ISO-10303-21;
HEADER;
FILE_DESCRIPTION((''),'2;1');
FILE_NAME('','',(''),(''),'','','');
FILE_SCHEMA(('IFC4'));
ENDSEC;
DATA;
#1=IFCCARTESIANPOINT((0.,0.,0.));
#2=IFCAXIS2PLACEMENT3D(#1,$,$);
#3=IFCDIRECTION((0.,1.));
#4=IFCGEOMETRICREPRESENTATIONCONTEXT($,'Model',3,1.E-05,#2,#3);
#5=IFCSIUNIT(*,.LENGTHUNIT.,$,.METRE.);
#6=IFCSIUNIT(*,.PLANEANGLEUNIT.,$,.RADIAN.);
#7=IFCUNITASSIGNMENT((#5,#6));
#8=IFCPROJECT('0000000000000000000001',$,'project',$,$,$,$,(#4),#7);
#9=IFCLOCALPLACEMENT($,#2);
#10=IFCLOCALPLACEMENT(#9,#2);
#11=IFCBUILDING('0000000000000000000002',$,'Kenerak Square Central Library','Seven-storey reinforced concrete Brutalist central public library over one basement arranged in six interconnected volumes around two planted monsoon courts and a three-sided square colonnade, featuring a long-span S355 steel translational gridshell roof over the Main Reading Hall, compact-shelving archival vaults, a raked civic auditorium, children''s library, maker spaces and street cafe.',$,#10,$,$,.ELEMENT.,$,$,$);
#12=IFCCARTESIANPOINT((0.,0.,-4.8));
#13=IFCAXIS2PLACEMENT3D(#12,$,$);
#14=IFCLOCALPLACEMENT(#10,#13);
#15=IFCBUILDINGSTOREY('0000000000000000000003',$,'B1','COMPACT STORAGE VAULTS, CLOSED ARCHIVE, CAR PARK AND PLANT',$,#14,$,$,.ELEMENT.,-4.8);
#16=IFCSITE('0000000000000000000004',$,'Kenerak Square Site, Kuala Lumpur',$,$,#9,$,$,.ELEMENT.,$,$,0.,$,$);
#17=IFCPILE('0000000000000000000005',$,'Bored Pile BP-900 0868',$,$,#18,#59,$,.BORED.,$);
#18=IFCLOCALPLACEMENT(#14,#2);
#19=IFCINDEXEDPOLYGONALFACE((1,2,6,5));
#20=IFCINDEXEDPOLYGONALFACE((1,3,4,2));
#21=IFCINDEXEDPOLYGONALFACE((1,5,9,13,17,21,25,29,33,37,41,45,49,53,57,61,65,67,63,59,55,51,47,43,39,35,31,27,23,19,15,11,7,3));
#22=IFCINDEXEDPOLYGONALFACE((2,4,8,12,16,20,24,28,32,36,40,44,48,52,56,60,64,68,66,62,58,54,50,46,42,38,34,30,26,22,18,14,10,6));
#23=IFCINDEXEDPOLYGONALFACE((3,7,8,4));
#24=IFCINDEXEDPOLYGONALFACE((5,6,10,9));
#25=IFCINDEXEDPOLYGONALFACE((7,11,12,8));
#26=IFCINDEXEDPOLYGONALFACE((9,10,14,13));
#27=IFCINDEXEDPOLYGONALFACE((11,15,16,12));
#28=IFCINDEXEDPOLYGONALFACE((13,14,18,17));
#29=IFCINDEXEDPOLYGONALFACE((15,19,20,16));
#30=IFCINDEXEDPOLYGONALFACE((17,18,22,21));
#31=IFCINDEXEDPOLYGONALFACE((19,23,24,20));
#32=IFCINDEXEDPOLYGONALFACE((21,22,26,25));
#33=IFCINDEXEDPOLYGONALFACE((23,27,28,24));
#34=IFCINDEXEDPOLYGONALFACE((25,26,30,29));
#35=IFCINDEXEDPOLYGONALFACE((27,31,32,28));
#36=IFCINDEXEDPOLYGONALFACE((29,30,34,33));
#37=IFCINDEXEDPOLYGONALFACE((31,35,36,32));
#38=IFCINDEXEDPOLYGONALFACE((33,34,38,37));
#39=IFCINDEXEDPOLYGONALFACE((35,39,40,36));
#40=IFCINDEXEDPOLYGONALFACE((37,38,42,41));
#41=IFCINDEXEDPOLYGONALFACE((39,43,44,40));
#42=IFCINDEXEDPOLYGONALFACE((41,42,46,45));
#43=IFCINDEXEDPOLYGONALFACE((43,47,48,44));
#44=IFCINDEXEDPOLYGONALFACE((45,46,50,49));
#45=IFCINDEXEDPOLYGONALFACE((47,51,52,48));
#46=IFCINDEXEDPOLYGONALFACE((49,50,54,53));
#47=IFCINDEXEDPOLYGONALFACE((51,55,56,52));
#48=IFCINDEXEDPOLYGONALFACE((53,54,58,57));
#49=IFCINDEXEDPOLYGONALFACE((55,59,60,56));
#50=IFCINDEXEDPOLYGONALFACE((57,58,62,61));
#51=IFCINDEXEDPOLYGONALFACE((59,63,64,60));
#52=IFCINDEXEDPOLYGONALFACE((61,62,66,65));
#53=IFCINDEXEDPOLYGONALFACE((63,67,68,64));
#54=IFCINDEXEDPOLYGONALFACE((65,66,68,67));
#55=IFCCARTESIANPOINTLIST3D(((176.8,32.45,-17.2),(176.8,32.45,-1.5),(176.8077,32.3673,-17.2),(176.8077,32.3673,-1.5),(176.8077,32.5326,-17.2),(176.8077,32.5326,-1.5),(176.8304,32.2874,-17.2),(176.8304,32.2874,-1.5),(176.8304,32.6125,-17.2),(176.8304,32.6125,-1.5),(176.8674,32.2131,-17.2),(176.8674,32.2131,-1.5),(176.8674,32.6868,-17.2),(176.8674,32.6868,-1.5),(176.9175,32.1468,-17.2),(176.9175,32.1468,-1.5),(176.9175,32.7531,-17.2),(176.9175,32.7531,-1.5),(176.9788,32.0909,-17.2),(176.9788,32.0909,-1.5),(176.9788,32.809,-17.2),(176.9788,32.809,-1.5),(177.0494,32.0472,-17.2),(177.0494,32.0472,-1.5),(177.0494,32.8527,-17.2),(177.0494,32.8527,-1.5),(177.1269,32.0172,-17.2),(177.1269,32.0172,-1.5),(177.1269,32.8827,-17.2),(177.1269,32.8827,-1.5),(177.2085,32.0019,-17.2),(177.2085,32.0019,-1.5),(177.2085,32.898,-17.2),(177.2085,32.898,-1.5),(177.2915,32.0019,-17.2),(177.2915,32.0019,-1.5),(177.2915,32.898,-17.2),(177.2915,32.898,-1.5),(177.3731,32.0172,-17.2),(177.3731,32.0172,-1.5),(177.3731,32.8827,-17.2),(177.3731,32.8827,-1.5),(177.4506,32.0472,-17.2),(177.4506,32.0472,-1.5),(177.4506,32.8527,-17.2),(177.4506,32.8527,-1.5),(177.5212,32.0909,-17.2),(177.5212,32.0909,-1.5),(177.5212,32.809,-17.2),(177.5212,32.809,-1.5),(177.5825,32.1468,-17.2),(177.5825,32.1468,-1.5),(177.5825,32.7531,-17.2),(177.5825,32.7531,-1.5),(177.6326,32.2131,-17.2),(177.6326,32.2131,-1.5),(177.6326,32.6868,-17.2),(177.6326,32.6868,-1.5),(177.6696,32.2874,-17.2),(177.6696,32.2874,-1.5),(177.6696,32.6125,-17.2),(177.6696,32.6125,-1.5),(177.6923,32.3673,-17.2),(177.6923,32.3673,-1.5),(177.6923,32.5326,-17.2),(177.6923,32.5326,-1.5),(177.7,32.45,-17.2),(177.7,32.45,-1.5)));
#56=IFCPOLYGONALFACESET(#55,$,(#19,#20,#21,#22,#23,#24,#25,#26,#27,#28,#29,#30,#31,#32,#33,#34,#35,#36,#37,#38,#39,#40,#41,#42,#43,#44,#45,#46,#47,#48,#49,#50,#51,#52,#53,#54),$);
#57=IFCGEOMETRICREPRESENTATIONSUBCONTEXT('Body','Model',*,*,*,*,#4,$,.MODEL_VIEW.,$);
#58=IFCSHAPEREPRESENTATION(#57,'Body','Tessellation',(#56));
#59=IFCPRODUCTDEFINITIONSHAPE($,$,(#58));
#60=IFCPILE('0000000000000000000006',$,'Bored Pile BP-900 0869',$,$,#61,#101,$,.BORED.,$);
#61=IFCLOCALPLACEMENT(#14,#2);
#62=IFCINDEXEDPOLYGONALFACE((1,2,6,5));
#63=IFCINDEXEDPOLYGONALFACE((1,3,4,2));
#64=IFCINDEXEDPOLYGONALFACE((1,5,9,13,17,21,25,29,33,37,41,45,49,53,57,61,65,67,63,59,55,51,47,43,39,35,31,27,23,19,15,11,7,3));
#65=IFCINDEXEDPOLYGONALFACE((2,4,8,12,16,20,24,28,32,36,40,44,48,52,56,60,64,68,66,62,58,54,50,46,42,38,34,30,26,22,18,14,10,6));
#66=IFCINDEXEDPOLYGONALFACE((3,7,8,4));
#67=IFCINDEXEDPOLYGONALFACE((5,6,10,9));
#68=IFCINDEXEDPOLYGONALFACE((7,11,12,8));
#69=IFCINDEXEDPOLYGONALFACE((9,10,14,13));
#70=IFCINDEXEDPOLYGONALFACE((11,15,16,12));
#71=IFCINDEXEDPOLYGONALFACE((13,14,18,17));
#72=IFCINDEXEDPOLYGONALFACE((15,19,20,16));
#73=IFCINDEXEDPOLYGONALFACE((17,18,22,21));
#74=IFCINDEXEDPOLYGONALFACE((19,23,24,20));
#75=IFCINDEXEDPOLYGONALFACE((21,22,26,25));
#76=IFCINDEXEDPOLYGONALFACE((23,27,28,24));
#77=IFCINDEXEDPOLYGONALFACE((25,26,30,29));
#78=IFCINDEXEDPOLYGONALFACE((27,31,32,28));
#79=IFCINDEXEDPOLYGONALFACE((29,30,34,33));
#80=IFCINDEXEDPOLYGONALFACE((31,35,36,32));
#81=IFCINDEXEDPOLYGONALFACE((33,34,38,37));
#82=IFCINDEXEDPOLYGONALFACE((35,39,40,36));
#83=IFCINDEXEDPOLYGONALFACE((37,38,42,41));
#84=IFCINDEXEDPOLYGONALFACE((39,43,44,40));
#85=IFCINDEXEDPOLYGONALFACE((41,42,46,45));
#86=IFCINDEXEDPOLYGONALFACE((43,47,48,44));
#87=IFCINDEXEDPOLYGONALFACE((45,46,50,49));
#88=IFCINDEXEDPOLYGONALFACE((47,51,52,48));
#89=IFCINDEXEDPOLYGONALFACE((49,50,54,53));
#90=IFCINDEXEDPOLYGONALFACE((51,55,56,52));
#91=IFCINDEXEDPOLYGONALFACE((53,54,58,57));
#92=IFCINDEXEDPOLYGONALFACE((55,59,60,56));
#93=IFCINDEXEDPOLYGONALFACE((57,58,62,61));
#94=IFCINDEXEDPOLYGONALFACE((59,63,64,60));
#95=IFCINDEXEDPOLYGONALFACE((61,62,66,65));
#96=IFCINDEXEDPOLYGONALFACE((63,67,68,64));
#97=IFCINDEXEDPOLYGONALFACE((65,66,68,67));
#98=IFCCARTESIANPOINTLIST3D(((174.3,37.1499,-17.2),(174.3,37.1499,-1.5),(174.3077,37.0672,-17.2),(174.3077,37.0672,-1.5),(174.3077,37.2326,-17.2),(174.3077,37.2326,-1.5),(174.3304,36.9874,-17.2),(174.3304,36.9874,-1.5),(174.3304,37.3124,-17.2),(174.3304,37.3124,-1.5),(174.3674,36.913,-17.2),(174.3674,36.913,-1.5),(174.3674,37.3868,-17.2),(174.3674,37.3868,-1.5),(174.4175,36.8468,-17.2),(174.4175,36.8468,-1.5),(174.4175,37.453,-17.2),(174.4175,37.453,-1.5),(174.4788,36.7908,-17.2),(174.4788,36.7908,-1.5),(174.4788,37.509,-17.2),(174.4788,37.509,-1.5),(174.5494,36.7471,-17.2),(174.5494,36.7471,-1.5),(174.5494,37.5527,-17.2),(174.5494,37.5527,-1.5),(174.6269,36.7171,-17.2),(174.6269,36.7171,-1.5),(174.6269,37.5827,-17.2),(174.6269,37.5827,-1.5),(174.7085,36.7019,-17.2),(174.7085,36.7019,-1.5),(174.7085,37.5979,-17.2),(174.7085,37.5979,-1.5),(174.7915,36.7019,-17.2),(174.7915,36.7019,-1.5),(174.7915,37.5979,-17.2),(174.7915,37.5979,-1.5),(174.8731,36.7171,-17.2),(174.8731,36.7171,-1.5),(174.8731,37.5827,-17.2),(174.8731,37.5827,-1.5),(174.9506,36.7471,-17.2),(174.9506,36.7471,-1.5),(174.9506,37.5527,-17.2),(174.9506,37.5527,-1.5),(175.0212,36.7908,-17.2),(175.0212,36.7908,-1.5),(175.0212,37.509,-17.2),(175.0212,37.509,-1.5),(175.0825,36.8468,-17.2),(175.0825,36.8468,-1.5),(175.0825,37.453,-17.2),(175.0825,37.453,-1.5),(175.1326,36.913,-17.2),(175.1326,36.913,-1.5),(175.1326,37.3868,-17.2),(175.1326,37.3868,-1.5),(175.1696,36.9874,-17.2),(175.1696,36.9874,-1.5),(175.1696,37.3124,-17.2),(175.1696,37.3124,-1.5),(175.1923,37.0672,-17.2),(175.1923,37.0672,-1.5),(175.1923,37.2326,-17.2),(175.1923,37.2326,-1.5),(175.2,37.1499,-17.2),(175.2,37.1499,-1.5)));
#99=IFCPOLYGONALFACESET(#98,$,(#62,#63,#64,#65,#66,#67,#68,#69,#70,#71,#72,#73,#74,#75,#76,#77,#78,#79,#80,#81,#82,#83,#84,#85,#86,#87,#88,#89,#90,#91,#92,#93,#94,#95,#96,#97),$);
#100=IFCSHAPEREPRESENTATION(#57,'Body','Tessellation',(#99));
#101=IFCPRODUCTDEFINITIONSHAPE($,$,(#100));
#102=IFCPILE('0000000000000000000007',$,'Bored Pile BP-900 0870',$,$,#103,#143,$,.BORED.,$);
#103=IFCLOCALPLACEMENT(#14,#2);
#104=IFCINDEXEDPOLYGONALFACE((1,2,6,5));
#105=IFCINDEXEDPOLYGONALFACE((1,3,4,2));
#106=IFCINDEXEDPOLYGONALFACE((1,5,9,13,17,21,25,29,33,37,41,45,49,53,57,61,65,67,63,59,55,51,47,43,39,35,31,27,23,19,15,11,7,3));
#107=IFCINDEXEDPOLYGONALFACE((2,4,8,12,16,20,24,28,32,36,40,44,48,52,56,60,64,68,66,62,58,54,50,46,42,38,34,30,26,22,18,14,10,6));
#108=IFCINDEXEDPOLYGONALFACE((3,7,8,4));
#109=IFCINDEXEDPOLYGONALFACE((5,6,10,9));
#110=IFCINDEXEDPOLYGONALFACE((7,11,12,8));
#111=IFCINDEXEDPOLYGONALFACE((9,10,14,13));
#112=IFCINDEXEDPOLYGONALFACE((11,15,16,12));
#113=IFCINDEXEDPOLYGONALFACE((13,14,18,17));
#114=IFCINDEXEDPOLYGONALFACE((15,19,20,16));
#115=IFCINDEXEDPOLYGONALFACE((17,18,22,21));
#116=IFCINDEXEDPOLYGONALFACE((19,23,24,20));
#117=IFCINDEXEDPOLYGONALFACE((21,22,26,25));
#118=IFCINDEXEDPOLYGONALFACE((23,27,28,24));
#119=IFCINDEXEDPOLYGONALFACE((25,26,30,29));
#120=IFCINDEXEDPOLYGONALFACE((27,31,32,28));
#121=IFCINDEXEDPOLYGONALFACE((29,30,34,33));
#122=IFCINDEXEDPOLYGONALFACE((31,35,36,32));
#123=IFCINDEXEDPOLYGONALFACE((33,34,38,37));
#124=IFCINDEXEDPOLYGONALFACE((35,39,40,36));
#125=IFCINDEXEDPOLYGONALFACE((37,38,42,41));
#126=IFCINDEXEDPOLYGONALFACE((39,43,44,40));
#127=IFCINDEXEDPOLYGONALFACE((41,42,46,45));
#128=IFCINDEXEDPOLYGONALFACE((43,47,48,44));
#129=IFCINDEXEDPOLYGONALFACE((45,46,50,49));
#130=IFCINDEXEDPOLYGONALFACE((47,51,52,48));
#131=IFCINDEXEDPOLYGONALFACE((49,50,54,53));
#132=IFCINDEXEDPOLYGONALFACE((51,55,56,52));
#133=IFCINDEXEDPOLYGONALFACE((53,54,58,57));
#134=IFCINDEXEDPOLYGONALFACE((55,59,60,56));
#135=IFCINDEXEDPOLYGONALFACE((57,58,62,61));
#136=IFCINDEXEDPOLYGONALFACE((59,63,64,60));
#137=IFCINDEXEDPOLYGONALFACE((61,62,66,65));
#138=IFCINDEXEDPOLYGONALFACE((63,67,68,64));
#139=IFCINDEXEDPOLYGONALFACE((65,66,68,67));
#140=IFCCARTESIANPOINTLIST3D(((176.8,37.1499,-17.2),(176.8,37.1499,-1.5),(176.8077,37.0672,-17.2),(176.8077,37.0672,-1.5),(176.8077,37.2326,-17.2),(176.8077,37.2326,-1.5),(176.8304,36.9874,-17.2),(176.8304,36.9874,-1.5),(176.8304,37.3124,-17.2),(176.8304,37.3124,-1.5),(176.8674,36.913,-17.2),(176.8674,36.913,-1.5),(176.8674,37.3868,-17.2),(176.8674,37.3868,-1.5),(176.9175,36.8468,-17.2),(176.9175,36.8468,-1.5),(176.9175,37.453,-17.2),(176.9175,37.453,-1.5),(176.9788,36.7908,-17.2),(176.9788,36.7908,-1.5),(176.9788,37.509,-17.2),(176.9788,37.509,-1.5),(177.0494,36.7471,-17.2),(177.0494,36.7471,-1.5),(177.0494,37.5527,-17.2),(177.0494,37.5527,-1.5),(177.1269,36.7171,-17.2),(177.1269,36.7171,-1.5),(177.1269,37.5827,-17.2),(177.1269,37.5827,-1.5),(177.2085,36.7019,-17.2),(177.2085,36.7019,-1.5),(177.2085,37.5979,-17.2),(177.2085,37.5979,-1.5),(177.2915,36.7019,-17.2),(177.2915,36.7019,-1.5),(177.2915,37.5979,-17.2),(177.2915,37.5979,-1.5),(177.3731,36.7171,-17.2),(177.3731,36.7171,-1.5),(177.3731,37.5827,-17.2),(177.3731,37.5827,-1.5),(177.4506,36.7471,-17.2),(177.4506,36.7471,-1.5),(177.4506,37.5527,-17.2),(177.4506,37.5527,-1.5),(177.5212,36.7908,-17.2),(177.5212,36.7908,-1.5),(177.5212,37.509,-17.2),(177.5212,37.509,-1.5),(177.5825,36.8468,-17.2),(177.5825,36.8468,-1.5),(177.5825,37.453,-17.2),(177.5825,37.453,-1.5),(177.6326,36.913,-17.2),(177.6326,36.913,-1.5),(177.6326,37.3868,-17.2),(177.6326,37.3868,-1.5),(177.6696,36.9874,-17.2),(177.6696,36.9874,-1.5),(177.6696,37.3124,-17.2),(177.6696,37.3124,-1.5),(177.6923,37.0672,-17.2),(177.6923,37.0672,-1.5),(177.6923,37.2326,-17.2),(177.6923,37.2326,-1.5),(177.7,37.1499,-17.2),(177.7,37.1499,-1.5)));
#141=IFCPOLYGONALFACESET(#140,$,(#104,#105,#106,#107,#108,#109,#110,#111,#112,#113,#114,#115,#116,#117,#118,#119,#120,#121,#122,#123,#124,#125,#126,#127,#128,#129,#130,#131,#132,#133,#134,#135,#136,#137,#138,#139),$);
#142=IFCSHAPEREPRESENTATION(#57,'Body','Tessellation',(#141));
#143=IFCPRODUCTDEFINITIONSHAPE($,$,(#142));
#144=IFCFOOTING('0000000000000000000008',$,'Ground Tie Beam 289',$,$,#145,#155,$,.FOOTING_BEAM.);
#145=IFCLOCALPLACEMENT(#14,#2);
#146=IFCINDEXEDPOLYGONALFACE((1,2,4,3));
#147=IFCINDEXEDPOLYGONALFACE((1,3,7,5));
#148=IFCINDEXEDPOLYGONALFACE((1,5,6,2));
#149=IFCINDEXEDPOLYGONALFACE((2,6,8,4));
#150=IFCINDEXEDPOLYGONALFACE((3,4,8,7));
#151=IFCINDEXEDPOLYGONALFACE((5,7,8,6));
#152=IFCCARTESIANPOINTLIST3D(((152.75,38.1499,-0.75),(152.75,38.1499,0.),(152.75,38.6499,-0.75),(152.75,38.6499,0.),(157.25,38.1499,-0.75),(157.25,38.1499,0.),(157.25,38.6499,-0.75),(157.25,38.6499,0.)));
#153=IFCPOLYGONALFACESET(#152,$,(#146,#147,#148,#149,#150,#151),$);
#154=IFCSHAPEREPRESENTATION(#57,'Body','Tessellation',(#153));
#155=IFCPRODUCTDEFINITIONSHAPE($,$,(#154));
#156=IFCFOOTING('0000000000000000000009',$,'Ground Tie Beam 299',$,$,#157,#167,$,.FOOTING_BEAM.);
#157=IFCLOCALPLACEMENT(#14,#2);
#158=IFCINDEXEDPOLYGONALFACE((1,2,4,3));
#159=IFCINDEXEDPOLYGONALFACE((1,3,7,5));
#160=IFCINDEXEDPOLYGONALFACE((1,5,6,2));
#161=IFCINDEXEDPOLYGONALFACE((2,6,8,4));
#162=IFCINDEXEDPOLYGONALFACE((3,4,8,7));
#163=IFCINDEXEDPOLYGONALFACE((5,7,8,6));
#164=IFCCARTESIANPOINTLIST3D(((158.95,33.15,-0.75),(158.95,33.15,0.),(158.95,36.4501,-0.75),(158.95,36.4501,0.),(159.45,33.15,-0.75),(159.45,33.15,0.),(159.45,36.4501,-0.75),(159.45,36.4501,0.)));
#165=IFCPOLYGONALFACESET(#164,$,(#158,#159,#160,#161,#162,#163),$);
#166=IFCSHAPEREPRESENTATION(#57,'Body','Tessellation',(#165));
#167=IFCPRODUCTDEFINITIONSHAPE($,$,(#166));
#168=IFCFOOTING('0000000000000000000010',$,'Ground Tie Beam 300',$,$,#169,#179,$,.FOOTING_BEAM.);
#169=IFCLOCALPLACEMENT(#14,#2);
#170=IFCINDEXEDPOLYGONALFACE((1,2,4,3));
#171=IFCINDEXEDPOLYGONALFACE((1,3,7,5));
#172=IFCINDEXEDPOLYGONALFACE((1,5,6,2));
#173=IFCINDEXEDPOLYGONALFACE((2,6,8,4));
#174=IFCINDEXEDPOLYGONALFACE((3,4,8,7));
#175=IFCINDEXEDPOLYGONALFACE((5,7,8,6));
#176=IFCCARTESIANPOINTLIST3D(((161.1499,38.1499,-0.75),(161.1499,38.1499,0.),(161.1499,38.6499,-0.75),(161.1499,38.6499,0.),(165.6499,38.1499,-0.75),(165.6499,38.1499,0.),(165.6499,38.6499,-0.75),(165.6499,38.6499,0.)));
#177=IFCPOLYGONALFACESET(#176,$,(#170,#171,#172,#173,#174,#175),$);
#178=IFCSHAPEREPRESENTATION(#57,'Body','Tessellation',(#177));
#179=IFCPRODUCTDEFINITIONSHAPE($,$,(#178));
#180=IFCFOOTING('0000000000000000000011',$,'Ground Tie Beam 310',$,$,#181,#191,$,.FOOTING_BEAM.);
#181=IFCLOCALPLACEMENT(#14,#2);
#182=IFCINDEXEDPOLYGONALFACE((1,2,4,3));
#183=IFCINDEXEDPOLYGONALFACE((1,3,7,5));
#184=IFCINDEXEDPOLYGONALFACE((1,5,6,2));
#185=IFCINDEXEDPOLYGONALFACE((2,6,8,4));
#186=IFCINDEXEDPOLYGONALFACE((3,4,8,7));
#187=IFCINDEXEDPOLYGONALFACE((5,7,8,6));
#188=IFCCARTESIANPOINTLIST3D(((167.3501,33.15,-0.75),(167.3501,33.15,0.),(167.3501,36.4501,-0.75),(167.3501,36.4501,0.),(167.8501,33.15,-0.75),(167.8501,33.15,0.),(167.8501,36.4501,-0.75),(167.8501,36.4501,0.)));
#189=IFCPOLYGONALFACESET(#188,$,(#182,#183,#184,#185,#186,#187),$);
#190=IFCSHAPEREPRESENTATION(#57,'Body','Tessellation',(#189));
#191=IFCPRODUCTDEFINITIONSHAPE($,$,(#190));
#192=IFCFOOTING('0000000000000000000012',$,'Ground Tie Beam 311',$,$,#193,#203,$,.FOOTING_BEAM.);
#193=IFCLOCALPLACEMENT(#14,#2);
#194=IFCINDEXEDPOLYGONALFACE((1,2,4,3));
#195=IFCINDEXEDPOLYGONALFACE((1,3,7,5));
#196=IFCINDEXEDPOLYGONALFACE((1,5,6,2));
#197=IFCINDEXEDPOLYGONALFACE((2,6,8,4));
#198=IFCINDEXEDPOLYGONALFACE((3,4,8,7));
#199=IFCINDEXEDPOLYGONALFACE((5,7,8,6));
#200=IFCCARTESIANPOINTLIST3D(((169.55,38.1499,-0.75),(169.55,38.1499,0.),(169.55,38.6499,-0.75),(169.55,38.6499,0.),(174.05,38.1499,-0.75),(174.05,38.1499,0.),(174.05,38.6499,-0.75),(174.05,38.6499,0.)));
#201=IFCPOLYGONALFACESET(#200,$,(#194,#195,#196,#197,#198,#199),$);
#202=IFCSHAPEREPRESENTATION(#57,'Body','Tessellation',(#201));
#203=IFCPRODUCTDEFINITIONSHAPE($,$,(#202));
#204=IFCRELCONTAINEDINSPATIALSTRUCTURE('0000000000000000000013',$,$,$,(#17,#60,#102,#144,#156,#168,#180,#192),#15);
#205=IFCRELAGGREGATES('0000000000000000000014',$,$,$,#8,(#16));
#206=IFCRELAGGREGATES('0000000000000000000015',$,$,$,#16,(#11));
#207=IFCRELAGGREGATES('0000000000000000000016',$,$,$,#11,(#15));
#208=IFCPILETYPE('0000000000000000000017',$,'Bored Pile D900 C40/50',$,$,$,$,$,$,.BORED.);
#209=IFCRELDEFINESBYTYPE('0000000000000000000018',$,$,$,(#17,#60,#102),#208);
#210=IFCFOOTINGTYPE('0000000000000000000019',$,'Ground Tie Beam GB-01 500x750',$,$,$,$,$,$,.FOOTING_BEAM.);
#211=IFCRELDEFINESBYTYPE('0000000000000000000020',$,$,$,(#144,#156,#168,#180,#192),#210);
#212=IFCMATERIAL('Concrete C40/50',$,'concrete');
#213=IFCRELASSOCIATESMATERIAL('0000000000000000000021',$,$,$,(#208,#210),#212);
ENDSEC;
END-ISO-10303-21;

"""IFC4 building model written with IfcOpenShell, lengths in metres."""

from ifc_helpers import new_model, si_unit, direction, frame, origin, origin_2d, place, context, subcontext, project, spatial, rectangle, circle, extrude, material, material_profile, profile_set, type_object, element, save


model = new_model("IFC4")

# Units and contexts
model_context = context("Model", 3, precision=1e-05, world=origin(), true_north=direction((0.0, 1.0)))
body_context = subcontext(model_context, "Body", "Model", "MODEL_VIEW")
ifc_project = project(units=[si_unit("LENGTHUNIT", "METRE"), si_unit("PLANEANGLEUNIT", "RADIAN")], contexts=[model_context])

# Site, building, storey
site_placement = place(None, origin())
site = spatial("IfcSite", under=ifc_project, at=site_placement, Name="Kenerak Square Site, Kuala Lumpur", CompositionType="ELEMENT", RefElevation=0.0)
building_placement = place(site_placement, origin())
building = spatial("IfcBuilding", under=site, at=building_placement, Name="Kenerak Square Central Library", Description="Seven-storey reinforced concrete Brutalist central public library over one basement arranged in six interconnected volumes around two planted monsoon courts and a three-sided square colonnade, featuring a long-span S355 steel translational gridshell roof over the Main Reading Hall, compact-shelving archival vaults, a raked civic auditorium, children's library, maker spaces and street cafe.", CompositionType="ELEMENT")
storey_placement = place(building_placement, frame((0.0, 0.0, -4.8)))
storey = spatial("IfcBuildingStorey", under=building, at=storey_placement, Name="B1", Description="COMPACT STORAGE VAULTS, CLOSED ARCHIVE, CAR PARK AND PLANT", CompositionType="ELEMENT", Elevation=-4.8)

# Piles
ifc_material_1 = material(Name="Concrete C40/50", Category="concrete")
ifc_material_profile_1 = material_profile(ifc_material_1, circle(Radius=0.45, at=origin_2d()), Name="BP D900")
ifc_profile_set_1 = profile_set([ifc_material_profile_1], Name="Concrete C40/50")
pile_type = type_object("IfcPileType", Name="Bored Pile D900 C40/50", PredefinedType="BORED", material=ifc_profile_set_1)
for number, where, z_axis, x_axis, name in (
    (1, (177.25, 32.45, -1.5), (0.0, 0.0, -1.0), (1.0, 0.0, 0.0), "Bored Pile BP-900 0868"),
    (2, (174.75, 37.1499, -1.5), (0.0, 0.0, -1.0), (1.0, 0.0, 0.0), "Bored Pile BP-900 0869"),
    (3, (177.25, 37.1499, -1.5), (0.0, 0.0, -1.0), (1.0, 0.0, 0.0), "Bored Pile BP-900 0870"),
):
    element("IfcPile", number, at=place(storey_placement, frame(where, z_axis=z_axis, x_axis=x_axis)), inside=storey, type_object=pile_type, Name=name, PredefinedType="BORED", context=body_context, shape_type="SweptSolid", body=[
        extrude(circle(Radius=0.45, at=origin_2d()), origin(), (0.0, 0.0, 1.0), 15.7),
    ])

# Footings
footing_type_1 = type_object("IfcFootingType", Name="Ground Tie Beam GB-01 500x750", PredefinedType="FOOTING_BEAM", material=ifc_material_1)
footing_1_placement = place(storey_placement, frame((155.0, 38.3999, -0.75), z_axis=(0.0, 0.0, 1.0), x_axis=(1.0, 0.0, 0.0)))
element("IfcFooting", 4, at=footing_1_placement, inside=storey, type_object=footing_type_1, Name="Ground Tie Beam 289", PredefinedType="FOOTING_BEAM", context=body_context, shape_type="SweptSolid", body=[
    extrude(rectangle(XDim=4.5, YDim=0.5, at=origin_2d()), origin(), (0.0, 0.0, 1.0), 0.75),
])
footing_2_placement = place(storey_placement, frame((159.2, 34.8, -0.75), z_axis=(0.0, 0.0, 1.0), x_axis=(1.0, 0.0, 0.0)))
element("IfcFooting", 5, at=footing_2_placement, inside=storey, type_object=footing_type_1, Name="Ground Tie Beam 299", PredefinedType="FOOTING_BEAM", context=body_context, shape_type="SweptSolid", body=[
    extrude(rectangle(XDim=0.5, YDim=3.3, at=origin_2d()), origin(), (0.0, 0.0, 1.0), 0.75),
])
footing_3_placement = place(storey_placement, frame((163.3999, 38.3999, -0.75), z_axis=(0.0, 0.0, 1.0), x_axis=(1.0, 0.0, 0.0)))
element("IfcFooting", 6, at=footing_3_placement, inside=storey, type_object=footing_type_1, Name="Ground Tie Beam 300", PredefinedType="FOOTING_BEAM", context=body_context, shape_type="SweptSolid", body=[
    extrude(rectangle(XDim=4.5, YDim=0.5, at=origin_2d()), origin(), (0.0, 0.0, 1.0), 0.75),
])
footing_4_placement = place(storey_placement, frame((167.6001, 34.8, -0.75), z_axis=(0.0, 0.0, 1.0), x_axis=(1.0, 0.0, 0.0)))
element("IfcFooting", 7, at=footing_4_placement, inside=storey, type_object=footing_type_1, Name="Ground Tie Beam 310", PredefinedType="FOOTING_BEAM", context=body_context, shape_type="SweptSolid", body=[
    extrude(rectangle(XDim=0.5, YDim=3.3, at=origin_2d()), origin(), (0.0, 0.0, 1.0), 0.75),
])
footing_5_placement = place(storey_placement, frame((171.8, 38.3999, -0.75), z_axis=(0.0, 0.0, 1.0), x_axis=(1.0, 0.0, 0.0)))
element("IfcFooting", 8, at=footing_5_placement, inside=storey, type_object=footing_type_1, Name="Ground Tie Beam 311", PredefinedType="FOOTING_BEAM", context=body_context, shape_type="SweptSolid", body=[
    extrude(rectangle(XDim=4.5, YDim=0.5, at=origin_2d()), origin(), (0.0, 0.0, 1.0), 0.75),
])

save(model, "model.ifc")
